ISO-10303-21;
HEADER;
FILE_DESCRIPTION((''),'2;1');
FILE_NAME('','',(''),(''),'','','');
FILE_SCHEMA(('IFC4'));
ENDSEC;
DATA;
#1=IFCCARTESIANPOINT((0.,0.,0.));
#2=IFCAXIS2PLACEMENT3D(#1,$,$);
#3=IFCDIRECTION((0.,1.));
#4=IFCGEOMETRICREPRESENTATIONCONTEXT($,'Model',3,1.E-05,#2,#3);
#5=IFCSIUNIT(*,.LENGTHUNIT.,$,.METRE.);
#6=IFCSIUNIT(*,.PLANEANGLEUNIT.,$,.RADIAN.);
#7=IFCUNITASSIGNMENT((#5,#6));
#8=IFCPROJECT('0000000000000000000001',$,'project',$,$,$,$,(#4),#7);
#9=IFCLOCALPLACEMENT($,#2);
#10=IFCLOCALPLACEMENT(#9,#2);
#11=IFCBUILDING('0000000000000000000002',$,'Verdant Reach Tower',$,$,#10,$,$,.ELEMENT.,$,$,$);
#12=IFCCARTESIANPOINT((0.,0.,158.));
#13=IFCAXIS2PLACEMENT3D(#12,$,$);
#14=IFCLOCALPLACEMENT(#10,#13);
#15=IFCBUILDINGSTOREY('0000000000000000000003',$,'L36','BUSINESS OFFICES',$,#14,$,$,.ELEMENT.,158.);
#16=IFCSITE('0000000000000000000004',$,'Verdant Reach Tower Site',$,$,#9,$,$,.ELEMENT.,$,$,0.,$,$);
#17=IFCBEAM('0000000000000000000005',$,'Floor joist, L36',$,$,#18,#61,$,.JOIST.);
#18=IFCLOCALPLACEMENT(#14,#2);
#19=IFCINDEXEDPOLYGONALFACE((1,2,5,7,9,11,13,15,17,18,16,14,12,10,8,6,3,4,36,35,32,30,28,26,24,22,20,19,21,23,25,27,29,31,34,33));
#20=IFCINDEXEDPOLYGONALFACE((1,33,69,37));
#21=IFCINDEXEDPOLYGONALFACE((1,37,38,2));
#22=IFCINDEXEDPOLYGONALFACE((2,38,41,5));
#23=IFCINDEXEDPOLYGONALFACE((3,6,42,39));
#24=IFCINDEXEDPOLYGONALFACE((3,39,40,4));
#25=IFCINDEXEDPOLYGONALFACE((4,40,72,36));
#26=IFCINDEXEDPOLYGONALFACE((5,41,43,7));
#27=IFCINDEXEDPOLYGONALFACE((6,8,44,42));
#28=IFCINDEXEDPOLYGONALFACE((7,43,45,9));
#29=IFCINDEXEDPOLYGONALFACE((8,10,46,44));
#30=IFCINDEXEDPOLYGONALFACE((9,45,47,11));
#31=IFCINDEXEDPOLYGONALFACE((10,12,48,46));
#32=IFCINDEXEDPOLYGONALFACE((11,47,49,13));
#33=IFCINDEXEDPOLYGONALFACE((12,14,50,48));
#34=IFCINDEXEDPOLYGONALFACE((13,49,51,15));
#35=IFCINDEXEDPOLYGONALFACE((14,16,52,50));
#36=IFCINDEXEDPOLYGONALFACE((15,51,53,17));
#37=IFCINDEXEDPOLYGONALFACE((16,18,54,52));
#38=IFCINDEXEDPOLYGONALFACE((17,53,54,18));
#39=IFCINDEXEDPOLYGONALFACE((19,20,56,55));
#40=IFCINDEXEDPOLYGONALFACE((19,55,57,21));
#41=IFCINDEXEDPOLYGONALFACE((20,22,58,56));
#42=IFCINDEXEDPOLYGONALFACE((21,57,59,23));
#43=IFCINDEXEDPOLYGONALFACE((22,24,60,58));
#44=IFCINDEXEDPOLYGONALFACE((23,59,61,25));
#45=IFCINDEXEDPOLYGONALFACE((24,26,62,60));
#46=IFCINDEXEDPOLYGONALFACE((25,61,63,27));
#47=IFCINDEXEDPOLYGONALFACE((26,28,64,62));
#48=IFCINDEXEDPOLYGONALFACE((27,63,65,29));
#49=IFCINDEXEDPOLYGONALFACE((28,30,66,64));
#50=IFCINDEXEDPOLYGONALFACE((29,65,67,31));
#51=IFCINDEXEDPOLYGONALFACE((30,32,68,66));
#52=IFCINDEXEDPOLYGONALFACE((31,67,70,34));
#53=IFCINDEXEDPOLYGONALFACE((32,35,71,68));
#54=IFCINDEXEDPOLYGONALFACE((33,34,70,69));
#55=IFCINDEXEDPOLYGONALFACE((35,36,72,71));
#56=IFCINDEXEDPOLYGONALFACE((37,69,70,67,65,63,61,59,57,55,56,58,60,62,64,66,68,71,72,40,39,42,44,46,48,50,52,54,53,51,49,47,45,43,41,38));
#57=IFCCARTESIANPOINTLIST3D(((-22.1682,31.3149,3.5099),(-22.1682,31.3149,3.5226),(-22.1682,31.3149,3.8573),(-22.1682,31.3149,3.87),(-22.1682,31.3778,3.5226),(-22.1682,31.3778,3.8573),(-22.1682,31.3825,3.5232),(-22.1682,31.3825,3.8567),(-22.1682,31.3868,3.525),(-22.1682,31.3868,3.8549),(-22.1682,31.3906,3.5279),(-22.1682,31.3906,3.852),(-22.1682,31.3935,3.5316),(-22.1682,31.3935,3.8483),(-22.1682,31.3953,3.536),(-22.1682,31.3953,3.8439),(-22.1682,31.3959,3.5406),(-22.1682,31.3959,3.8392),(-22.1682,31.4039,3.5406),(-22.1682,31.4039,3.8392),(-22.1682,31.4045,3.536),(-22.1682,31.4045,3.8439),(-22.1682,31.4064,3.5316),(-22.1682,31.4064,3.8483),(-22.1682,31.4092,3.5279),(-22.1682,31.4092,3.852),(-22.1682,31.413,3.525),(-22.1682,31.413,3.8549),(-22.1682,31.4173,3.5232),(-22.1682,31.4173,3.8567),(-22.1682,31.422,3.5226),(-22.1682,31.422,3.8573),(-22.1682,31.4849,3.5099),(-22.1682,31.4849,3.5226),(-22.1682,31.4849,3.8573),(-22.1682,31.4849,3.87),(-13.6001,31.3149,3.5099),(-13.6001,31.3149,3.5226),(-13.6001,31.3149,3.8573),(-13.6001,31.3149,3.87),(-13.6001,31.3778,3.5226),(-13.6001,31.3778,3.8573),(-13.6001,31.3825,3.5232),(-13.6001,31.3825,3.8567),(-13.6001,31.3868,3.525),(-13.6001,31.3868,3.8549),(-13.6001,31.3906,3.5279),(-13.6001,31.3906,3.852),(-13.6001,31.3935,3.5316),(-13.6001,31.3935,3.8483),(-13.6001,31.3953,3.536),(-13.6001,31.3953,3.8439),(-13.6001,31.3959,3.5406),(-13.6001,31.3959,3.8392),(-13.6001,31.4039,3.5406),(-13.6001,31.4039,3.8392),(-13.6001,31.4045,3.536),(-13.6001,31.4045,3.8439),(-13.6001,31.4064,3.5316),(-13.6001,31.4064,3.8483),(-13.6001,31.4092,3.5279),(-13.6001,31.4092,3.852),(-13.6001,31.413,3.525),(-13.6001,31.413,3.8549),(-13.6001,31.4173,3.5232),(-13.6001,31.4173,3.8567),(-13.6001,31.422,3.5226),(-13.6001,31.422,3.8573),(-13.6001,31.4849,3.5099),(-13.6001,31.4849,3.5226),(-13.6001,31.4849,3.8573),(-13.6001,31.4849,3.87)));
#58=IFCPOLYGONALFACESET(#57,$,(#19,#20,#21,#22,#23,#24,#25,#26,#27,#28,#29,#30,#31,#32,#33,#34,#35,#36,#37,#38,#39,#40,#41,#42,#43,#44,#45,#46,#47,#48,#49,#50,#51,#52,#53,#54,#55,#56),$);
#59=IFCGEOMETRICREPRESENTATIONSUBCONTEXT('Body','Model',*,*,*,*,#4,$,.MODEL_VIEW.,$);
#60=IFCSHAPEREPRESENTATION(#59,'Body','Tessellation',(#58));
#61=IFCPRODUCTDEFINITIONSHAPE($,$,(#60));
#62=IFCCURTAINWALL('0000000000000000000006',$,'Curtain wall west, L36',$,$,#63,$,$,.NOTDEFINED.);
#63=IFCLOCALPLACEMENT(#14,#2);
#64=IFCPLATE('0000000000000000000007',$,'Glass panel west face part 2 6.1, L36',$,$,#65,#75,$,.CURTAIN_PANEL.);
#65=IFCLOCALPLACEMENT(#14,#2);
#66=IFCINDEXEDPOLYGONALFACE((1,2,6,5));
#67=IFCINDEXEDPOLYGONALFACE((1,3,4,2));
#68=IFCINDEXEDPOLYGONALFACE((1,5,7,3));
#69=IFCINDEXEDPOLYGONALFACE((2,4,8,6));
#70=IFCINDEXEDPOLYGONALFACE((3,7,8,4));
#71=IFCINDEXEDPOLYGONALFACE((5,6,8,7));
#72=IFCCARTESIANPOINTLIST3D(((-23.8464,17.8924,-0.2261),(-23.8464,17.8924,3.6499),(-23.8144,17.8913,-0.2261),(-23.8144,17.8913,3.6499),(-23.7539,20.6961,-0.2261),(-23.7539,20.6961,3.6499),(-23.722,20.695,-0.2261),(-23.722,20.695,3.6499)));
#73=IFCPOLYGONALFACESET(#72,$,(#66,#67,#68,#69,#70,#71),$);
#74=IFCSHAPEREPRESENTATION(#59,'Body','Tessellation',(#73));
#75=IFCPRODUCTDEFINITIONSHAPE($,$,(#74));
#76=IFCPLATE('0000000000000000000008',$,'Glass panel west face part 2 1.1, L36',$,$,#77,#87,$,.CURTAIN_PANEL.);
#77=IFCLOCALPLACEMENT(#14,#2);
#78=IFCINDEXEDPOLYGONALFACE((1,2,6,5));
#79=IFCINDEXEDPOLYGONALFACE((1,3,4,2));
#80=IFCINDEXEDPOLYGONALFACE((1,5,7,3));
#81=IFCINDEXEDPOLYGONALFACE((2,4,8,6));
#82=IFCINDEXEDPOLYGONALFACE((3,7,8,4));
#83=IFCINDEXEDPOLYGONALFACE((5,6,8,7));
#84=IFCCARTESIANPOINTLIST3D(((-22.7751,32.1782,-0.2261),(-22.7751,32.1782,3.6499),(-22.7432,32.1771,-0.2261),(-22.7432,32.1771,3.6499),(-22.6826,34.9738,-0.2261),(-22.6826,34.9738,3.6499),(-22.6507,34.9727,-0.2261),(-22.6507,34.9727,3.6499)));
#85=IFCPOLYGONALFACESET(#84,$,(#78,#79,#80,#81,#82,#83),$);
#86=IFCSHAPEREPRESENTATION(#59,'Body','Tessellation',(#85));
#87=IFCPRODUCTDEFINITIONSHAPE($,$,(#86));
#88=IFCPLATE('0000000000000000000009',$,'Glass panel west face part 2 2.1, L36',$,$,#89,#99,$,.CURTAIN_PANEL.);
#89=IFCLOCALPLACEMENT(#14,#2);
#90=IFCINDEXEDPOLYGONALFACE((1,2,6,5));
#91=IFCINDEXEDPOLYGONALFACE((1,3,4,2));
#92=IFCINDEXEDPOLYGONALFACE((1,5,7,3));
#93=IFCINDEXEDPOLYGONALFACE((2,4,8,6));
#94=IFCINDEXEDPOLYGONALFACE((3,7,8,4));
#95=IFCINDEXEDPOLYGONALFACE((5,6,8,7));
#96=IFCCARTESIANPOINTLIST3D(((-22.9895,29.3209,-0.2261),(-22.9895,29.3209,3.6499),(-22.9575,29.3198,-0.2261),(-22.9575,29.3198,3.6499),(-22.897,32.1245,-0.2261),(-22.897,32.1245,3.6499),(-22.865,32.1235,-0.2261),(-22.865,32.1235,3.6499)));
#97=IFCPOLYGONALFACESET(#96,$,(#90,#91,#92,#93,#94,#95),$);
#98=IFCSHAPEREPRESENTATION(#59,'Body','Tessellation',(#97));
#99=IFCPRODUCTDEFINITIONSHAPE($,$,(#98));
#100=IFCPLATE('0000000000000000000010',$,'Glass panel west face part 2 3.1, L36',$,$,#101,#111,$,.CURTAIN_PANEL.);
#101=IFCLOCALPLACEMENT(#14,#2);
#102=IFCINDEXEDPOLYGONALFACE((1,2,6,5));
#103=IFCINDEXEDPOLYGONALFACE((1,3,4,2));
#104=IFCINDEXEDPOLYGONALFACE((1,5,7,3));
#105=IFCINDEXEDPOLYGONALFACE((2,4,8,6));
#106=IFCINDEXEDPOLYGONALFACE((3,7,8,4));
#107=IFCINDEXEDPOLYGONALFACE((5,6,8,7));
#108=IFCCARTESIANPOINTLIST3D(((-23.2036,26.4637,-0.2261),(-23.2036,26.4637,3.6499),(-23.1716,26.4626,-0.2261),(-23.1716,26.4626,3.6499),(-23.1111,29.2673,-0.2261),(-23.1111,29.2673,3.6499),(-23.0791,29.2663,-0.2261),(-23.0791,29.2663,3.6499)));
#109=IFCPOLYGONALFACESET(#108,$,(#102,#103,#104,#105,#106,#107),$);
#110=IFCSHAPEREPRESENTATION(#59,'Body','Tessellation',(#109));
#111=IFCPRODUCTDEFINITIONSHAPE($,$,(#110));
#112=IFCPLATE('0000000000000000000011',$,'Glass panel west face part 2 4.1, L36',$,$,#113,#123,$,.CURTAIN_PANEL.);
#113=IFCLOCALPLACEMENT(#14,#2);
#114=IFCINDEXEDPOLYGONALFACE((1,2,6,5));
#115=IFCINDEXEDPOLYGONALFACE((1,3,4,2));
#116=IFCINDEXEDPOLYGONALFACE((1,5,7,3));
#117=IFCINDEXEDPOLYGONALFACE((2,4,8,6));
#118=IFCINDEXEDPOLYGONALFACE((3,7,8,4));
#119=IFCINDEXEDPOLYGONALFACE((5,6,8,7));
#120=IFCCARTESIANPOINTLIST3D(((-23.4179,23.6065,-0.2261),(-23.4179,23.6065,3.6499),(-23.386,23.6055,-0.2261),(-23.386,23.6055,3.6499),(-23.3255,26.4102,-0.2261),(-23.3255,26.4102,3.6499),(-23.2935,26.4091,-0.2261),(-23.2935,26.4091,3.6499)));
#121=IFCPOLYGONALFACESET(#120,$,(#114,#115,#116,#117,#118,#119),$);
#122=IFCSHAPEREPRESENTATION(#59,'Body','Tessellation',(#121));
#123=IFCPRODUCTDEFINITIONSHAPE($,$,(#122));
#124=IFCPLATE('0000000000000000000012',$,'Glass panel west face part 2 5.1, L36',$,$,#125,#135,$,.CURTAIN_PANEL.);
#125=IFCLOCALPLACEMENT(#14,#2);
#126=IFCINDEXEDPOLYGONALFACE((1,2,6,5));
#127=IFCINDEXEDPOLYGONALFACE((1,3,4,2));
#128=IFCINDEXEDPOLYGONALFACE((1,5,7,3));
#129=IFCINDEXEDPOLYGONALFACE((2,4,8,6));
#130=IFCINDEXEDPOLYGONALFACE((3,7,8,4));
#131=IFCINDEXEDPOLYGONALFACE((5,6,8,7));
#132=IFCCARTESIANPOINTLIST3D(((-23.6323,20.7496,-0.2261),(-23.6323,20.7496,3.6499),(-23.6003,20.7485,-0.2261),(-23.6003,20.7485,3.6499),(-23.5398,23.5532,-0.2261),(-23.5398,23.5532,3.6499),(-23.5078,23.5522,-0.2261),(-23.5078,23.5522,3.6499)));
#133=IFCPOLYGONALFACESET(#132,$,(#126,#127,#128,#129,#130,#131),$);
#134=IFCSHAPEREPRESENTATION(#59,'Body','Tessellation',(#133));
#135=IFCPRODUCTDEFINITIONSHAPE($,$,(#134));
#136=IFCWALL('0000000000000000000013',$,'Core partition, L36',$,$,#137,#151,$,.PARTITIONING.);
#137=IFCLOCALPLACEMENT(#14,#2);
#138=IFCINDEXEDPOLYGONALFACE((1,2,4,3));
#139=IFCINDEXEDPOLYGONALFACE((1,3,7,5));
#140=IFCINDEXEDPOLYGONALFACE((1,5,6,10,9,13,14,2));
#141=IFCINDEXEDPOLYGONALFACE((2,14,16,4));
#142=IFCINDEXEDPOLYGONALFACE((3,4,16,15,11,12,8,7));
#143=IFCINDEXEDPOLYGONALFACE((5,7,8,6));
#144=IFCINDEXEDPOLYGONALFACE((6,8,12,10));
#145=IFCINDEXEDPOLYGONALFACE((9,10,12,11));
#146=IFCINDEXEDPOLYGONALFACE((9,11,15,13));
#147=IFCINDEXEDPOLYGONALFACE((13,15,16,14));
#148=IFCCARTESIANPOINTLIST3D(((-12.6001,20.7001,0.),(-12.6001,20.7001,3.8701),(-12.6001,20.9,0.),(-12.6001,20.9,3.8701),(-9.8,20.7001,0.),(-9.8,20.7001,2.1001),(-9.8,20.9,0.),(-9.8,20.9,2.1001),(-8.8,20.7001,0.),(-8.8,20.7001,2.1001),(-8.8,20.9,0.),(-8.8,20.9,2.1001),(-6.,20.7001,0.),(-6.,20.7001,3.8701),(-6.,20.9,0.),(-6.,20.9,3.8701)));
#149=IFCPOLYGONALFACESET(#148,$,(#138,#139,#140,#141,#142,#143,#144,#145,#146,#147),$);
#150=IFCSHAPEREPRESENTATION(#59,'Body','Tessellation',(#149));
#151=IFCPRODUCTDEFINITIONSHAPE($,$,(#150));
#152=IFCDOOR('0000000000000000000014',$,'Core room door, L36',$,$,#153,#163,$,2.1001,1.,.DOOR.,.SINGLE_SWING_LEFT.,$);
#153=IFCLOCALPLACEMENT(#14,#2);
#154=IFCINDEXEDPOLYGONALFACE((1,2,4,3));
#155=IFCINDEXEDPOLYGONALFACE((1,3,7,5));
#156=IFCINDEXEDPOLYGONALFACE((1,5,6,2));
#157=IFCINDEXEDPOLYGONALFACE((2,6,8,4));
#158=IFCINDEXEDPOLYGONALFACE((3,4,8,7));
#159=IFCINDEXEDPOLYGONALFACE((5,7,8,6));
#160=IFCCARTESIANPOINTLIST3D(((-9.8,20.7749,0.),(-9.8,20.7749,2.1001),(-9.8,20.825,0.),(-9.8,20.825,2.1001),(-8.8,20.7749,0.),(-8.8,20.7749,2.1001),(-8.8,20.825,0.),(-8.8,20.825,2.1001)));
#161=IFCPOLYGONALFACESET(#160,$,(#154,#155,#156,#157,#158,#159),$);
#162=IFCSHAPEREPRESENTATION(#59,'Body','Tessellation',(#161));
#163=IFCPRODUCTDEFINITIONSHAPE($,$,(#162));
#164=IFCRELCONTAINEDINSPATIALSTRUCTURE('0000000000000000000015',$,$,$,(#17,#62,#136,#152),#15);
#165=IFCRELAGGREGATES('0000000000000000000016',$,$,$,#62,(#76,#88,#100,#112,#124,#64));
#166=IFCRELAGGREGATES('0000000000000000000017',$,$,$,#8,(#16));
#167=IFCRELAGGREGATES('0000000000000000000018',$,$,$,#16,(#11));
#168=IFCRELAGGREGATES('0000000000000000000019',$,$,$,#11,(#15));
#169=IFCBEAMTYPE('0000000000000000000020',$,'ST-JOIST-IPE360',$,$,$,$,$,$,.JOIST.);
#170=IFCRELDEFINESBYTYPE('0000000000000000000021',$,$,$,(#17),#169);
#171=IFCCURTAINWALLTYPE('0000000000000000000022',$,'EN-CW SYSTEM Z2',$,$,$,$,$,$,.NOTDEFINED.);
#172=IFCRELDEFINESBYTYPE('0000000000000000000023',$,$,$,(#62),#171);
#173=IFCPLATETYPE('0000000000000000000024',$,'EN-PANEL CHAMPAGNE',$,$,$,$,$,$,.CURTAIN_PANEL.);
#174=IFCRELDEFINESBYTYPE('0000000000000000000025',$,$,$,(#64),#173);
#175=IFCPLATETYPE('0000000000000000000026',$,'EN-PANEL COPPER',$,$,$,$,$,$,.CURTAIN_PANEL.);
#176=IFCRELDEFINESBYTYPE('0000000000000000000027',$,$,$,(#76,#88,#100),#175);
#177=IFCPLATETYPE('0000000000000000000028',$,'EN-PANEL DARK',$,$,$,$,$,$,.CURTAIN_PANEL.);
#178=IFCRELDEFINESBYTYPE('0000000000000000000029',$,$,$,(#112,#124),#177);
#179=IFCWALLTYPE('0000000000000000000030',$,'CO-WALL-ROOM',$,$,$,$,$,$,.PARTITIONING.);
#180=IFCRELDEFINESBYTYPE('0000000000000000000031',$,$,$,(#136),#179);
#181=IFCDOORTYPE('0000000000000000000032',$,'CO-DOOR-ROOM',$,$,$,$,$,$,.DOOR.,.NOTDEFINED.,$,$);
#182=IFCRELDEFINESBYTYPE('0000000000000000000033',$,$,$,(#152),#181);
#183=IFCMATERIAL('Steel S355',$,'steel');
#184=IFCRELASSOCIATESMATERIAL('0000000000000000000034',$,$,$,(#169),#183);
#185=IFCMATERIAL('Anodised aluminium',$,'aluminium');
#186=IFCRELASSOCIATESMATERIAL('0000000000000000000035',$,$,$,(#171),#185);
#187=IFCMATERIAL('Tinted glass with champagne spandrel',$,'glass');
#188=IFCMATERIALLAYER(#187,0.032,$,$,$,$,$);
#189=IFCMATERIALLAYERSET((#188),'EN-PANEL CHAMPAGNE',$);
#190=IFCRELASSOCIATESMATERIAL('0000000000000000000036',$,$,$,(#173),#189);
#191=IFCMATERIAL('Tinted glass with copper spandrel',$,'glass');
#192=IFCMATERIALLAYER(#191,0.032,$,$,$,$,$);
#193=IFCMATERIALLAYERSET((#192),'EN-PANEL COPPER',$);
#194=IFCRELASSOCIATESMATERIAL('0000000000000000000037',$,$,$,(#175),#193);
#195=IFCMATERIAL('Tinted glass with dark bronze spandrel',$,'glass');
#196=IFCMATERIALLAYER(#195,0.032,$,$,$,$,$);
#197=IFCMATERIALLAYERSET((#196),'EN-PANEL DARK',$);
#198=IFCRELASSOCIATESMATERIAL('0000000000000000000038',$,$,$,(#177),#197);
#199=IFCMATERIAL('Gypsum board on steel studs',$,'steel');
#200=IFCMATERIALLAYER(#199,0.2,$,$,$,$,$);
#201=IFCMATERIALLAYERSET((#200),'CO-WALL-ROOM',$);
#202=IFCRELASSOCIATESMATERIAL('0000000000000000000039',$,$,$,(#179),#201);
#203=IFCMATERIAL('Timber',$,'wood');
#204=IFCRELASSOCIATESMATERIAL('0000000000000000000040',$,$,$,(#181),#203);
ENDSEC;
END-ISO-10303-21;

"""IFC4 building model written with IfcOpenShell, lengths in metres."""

from ifc_helpers import new_model, si_unit, direction, frame, frame_2d, origin, origin_2d, place, context, subcontext, project, spatial, rectangle, i_section, extrude, material, layer, layer_set, material_profile, profile_set, type_object, element, fill, aggregate, save


model = new_model("IFC4")

# Units and contexts
model_context = context("Model", 3, precision=1e-05, world=origin(), true_north=direction((0.0, 1.0)))
body_context = subcontext(model_context, "Body", "Model", "MODEL_VIEW")
ifc_project = project(units=[si_unit("LENGTHUNIT", "METRE"), si_unit("PLANEANGLEUNIT", "RADIAN")], contexts=[model_context])

# Site, building, storey
site_placement = place(None, origin())
site = spatial("IfcSite", under=ifc_project, at=site_placement, Name="Verdant Reach Tower Site", CompositionType="ELEMENT", RefElevation=0.0)
building_placement = place(site_placement, origin())
building = spatial("IfcBuilding", under=site, at=building_placement, Name="Verdant Reach Tower", CompositionType="ELEMENT")
storey_placement = place(building_placement, frame((0.0, 0.0, 158.0)))
storey = spatial("IfcBuildingStorey", under=building, at=storey_placement, Name="L36", Description="BUSINESS OFFICES", CompositionType="ELEMENT", Elevation=158.0)

# Beam
ifc_material_1 = material(Name="Steel S355", Category="steel")
ifc_material_profile_1 = material_profile(ifc_material_1, i_section(OverallWidth=0.1699, OverallDepth=0.3601, WebThickness=0.0081, FlangeThickness=0.0127, FilletRadius=0.0181, at=origin_2d()), Name="IPE 360")
ifc_profile_set_1 = profile_set([ifc_material_profile_1], Name="Steel S355")
beam_type = type_object("IfcBeamType", Name="ST-JOIST-IPE360", PredefinedType="JOIST", material=ifc_profile_set_1)
beam_1_placement = place(storey_placement, frame((-13.6001, 31.3999, 3.6899), z_axis=(-1.0, 0.0, 0.0), x_axis=(0.0, -1.0, 0.0)))
element("IfcBeam", 1, at=beam_1_placement, inside=storey, type_object=beam_type, Name="Floor joist, L36", PredefinedType="JOIST", context=body_context, shape_type="SweptSolid", body=[
    extrude(i_section(OverallWidth=0.1699, OverallDepth=0.3601, WebThickness=0.0081, FlangeThickness=0.0127, FilletRadius=0.0181, at=origin_2d()), origin(), (0.0, 0.0, 1.0), 8.5681),
])

# Curtain wall, plates
ifc_material_2 = material(Name="Anodised aluminium", Category="aluminium")
curtain_wall_type = type_object("IfcCurtainWallType", Name="EN-CW SYSTEM Z2", PredefinedType="NOTDEFINED", material=ifc_material_2)
curtain_wall_placement = place(storey_placement, origin())
curtain_wall = element("IfcCurtainWall", 2, at=curtain_wall_placement, inside=storey, type_object=curtain_wall_type, Name="Curtain wall west, L36", PredefinedType="NOTDEFINED")
ifc_material_3 = material(Name="Tinted glass with champagne spandrel", Category="glass")
ifc_layer_1 = layer(ifc_material_3, 0.032)
ifc_layer_set_1 = layer_set([ifc_layer_1], Name="EN-PANEL CHAMPAGNE")
plate_type_1 = type_object("IfcPlateType", Name="EN-PANEL CHAMPAGNE", PredefinedType="CURTAIN_PANEL", material=ifc_layer_set_1)
plate_1_placement = place(storey_placement, frame((-23.7842, 19.2937, -0.2261), z_axis=(0.0, 0.0, 1.0), x_axis=(-0.032966, -0.999456, 0.0)))
plate_1 = element("IfcPlate", 3, at=plate_1_placement, type_object=plate_type_1, Name="Glass panel west face part 2 6.1, L36", PredefinedType="CURTAIN_PANEL", context=body_context, shape_type="SweptSolid", body=[
    extrude(rectangle(XDim=2.8052, YDim=0.032, at=origin_2d()), origin(), (0.0, 0.0, 1.0), 3.876),
])
ifc_material_4 = material(Name="Tinted glass with copper spandrel", Category="glass")
ifc_layer_2 = layer(ifc_material_4, 0.032)
ifc_layer_set_2 = layer_set([ifc_layer_2], Name="EN-PANEL COPPER")
plate_type_2 = type_object("IfcPlateType", Name="EN-PANEL COPPER", PredefinedType="CURTAIN_PANEL", material=ifc_layer_set_2)
plate_2_placement = place(storey_placement, frame((-22.7129, 33.5754, -0.2261), z_axis=(0.0, 0.0, 1.0), x_axis=(-0.03307, -0.999453, 0.0)))
plate_2 = element("IfcPlate", 4, at=plate_2_placement, type_object=plate_type_2, Name="Glass panel west face part 2 1.1, L36", PredefinedType="CURTAIN_PANEL", context=body_context, shape_type="SweptSolid", body=[
    extrude(rectangle(XDim=2.7971, YDim=0.032, at=origin_2d()), origin(), (0.0, 0.0, 1.0), 3.876),
])
plate_3_placement = place(storey_placement, frame((-22.9272, 30.7222, -0.2261), z_axis=(0.0, 0.0, 1.0), x_axis=(-0.032966, -0.999456, 0.0)))
plate_3 = element("IfcPlate", 5, at=plate_3_placement, type_object=plate_type_2, Name="Glass panel west face part 2 2.1, L36", PredefinedType="CURTAIN_PANEL", context=body_context, shape_type="SweptSolid", body=[
    extrude(rectangle(XDim=2.8052, YDim=0.032, at=origin_2d()), origin(), (0.0, 0.0, 1.0), 3.876),
])
plate_4_placement = place(storey_placement, frame((-23.1414, 27.865, -0.2261), z_axis=(0.0, 0.0, 1.0), x_axis=(-0.032966, -0.999456, 0.0)))
plate_4 = element("IfcPlate", 6, at=plate_4_placement, type_object=plate_type_2, Name="Glass panel west face part 2 3.1, L36", PredefinedType="CURTAIN_PANEL", context=body_context, shape_type="SweptSolid", body=[
    extrude(rectangle(XDim=2.8052, YDim=0.032, at=origin_2d()), origin(), (0.0, 0.0, 1.0), 3.876),
])
ifc_material_5 = material(Name="Tinted glass with dark bronze spandrel", Category="glass")
ifc_layer_3 = layer(ifc_material_5, 0.032)
ifc_layer_set_3 = layer_set([ifc_layer_3], Name="EN-PANEL DARK")
plate_type_3 = type_object("IfcPlateType", Name="EN-PANEL DARK", PredefinedType="CURTAIN_PANEL", material=ifc_layer_set_3)
plate_5_placement = place(storey_placement, frame((-23.3557, 25.0078, -0.2261), z_axis=(0.0, 0.0, 1.0), x_axis=(-0.032966, -0.999456, 0.0)))
plate_5 = element("IfcPlate", 7, at=plate_5_placement, type_object=plate_type_3, Name="Glass panel west face part 2 4.1, L36", PredefinedType="CURTAIN_PANEL", context=body_context, shape_type="SweptSolid", body=[
    extrude(rectangle(XDim=2.8052, YDim=0.032, at=origin_2d()), origin(), (0.0, 0.0, 1.0), 3.876),
])
plate_6_placement = place(storey_placement, frame((-23.5701, 22.1509, -0.2261), z_axis=(0.0, 0.0, 1.0), x_axis=(-0.032966, -0.999456, 0.0)))
plate_6 = element("IfcPlate", 8, at=plate_6_placement, type_object=plate_type_3, Name="Glass panel west face part 2 5.1, L36", PredefinedType="CURTAIN_PANEL", context=body_context, shape_type="SweptSolid", body=[
    extrude(rectangle(XDim=2.8052, YDim=0.032, at=origin_2d()), origin(), (0.0, 0.0, 1.0), 3.876),
])
aggregate(curtain_wall, [plate_2, plate_3, plate_4, plate_5, plate_6, plate_1])

# Wall, opening, door
ifc_material_6 = material(Name="Gypsum board on steel studs", Category="steel")
ifc_layer_4 = layer(ifc_material_6, 0.2)
ifc_layer_set_4 = layer_set([ifc_layer_4], Name="CO-WALL-ROOM")
wall_type_1 = type_object("IfcWallType", Name="CO-WALL-ROOM", PredefinedType="PARTITIONING", material=ifc_layer_set_4)
wall_1_placement = place(storey_placement, frame((-12.6001, 20.8, 0.0), z_axis=(0.0, 0.0, 1.0), x_axis=(1.0, 0.0, 0.0)))
wall_1 = element("IfcWall", 9, at=wall_1_placement, inside=storey, type_object=wall_type_1, Name="Core partition, L36", PredefinedType="PARTITIONING", context=body_context, shape_type="SweptSolid", body=[
    extrude(rectangle(XDim=6.6001, YDim=0.2, at=frame_2d((3.3, 0.0))), origin(), (0.0, 0.0, 1.0), 3.8701),
])
opening_1_placement = place(wall_1_placement, frame((2.8, 0.0, 0.0)))
opening_1 = element("IfcOpeningElement", 10, at=opening_1_placement, cuts=wall_1, PredefinedType="OPENING", context=body_context, shape_type="SweptSolid", body=[
    extrude(rectangle(XDim=1.0, YDim=2.1001, at=frame_2d((0.5, 1.05))), frame((0.0, 0.1099, 0.0), z_axis=(0.0, -1.0, 0.0), x_axis=(1.0, 0.0, 0.0)), (0.0, 0.0, 1.0), 0.22),
])
ifc_material_7 = material(Name="Timber", Category="wood")
door_type_1 = type_object("IfcDoorType", Name="CO-DOOR-ROOM", OperationType="NOTDEFINED", PredefinedType="DOOR", material=ifc_material_7)
door_1_placement = place(opening_1_placement, origin())
door_1 = element("IfcDoor", 11, at=door_1_placement, inside=storey, type_object=door_type_1, Name="Core room door, L36", OperationType="SINGLE_SWING_LEFT", OverallHeight=2.1001, OverallWidth=1.0, PredefinedType="DOOR", context=body_context, shape_type="SweptSolid", body=[
    extrude(rectangle(XDim=1.0, YDim=2.1001, at=frame_2d((0.5, 1.05))), frame((0.0, 0.0249, 0.0), z_axis=(0.0, -1.0, 0.0), x_axis=(1.0, 0.0, 0.0)), (0.0, 0.0, 1.0), 0.05),
])
fill(opening_1, door_1)

save(model, "model.ifc")
